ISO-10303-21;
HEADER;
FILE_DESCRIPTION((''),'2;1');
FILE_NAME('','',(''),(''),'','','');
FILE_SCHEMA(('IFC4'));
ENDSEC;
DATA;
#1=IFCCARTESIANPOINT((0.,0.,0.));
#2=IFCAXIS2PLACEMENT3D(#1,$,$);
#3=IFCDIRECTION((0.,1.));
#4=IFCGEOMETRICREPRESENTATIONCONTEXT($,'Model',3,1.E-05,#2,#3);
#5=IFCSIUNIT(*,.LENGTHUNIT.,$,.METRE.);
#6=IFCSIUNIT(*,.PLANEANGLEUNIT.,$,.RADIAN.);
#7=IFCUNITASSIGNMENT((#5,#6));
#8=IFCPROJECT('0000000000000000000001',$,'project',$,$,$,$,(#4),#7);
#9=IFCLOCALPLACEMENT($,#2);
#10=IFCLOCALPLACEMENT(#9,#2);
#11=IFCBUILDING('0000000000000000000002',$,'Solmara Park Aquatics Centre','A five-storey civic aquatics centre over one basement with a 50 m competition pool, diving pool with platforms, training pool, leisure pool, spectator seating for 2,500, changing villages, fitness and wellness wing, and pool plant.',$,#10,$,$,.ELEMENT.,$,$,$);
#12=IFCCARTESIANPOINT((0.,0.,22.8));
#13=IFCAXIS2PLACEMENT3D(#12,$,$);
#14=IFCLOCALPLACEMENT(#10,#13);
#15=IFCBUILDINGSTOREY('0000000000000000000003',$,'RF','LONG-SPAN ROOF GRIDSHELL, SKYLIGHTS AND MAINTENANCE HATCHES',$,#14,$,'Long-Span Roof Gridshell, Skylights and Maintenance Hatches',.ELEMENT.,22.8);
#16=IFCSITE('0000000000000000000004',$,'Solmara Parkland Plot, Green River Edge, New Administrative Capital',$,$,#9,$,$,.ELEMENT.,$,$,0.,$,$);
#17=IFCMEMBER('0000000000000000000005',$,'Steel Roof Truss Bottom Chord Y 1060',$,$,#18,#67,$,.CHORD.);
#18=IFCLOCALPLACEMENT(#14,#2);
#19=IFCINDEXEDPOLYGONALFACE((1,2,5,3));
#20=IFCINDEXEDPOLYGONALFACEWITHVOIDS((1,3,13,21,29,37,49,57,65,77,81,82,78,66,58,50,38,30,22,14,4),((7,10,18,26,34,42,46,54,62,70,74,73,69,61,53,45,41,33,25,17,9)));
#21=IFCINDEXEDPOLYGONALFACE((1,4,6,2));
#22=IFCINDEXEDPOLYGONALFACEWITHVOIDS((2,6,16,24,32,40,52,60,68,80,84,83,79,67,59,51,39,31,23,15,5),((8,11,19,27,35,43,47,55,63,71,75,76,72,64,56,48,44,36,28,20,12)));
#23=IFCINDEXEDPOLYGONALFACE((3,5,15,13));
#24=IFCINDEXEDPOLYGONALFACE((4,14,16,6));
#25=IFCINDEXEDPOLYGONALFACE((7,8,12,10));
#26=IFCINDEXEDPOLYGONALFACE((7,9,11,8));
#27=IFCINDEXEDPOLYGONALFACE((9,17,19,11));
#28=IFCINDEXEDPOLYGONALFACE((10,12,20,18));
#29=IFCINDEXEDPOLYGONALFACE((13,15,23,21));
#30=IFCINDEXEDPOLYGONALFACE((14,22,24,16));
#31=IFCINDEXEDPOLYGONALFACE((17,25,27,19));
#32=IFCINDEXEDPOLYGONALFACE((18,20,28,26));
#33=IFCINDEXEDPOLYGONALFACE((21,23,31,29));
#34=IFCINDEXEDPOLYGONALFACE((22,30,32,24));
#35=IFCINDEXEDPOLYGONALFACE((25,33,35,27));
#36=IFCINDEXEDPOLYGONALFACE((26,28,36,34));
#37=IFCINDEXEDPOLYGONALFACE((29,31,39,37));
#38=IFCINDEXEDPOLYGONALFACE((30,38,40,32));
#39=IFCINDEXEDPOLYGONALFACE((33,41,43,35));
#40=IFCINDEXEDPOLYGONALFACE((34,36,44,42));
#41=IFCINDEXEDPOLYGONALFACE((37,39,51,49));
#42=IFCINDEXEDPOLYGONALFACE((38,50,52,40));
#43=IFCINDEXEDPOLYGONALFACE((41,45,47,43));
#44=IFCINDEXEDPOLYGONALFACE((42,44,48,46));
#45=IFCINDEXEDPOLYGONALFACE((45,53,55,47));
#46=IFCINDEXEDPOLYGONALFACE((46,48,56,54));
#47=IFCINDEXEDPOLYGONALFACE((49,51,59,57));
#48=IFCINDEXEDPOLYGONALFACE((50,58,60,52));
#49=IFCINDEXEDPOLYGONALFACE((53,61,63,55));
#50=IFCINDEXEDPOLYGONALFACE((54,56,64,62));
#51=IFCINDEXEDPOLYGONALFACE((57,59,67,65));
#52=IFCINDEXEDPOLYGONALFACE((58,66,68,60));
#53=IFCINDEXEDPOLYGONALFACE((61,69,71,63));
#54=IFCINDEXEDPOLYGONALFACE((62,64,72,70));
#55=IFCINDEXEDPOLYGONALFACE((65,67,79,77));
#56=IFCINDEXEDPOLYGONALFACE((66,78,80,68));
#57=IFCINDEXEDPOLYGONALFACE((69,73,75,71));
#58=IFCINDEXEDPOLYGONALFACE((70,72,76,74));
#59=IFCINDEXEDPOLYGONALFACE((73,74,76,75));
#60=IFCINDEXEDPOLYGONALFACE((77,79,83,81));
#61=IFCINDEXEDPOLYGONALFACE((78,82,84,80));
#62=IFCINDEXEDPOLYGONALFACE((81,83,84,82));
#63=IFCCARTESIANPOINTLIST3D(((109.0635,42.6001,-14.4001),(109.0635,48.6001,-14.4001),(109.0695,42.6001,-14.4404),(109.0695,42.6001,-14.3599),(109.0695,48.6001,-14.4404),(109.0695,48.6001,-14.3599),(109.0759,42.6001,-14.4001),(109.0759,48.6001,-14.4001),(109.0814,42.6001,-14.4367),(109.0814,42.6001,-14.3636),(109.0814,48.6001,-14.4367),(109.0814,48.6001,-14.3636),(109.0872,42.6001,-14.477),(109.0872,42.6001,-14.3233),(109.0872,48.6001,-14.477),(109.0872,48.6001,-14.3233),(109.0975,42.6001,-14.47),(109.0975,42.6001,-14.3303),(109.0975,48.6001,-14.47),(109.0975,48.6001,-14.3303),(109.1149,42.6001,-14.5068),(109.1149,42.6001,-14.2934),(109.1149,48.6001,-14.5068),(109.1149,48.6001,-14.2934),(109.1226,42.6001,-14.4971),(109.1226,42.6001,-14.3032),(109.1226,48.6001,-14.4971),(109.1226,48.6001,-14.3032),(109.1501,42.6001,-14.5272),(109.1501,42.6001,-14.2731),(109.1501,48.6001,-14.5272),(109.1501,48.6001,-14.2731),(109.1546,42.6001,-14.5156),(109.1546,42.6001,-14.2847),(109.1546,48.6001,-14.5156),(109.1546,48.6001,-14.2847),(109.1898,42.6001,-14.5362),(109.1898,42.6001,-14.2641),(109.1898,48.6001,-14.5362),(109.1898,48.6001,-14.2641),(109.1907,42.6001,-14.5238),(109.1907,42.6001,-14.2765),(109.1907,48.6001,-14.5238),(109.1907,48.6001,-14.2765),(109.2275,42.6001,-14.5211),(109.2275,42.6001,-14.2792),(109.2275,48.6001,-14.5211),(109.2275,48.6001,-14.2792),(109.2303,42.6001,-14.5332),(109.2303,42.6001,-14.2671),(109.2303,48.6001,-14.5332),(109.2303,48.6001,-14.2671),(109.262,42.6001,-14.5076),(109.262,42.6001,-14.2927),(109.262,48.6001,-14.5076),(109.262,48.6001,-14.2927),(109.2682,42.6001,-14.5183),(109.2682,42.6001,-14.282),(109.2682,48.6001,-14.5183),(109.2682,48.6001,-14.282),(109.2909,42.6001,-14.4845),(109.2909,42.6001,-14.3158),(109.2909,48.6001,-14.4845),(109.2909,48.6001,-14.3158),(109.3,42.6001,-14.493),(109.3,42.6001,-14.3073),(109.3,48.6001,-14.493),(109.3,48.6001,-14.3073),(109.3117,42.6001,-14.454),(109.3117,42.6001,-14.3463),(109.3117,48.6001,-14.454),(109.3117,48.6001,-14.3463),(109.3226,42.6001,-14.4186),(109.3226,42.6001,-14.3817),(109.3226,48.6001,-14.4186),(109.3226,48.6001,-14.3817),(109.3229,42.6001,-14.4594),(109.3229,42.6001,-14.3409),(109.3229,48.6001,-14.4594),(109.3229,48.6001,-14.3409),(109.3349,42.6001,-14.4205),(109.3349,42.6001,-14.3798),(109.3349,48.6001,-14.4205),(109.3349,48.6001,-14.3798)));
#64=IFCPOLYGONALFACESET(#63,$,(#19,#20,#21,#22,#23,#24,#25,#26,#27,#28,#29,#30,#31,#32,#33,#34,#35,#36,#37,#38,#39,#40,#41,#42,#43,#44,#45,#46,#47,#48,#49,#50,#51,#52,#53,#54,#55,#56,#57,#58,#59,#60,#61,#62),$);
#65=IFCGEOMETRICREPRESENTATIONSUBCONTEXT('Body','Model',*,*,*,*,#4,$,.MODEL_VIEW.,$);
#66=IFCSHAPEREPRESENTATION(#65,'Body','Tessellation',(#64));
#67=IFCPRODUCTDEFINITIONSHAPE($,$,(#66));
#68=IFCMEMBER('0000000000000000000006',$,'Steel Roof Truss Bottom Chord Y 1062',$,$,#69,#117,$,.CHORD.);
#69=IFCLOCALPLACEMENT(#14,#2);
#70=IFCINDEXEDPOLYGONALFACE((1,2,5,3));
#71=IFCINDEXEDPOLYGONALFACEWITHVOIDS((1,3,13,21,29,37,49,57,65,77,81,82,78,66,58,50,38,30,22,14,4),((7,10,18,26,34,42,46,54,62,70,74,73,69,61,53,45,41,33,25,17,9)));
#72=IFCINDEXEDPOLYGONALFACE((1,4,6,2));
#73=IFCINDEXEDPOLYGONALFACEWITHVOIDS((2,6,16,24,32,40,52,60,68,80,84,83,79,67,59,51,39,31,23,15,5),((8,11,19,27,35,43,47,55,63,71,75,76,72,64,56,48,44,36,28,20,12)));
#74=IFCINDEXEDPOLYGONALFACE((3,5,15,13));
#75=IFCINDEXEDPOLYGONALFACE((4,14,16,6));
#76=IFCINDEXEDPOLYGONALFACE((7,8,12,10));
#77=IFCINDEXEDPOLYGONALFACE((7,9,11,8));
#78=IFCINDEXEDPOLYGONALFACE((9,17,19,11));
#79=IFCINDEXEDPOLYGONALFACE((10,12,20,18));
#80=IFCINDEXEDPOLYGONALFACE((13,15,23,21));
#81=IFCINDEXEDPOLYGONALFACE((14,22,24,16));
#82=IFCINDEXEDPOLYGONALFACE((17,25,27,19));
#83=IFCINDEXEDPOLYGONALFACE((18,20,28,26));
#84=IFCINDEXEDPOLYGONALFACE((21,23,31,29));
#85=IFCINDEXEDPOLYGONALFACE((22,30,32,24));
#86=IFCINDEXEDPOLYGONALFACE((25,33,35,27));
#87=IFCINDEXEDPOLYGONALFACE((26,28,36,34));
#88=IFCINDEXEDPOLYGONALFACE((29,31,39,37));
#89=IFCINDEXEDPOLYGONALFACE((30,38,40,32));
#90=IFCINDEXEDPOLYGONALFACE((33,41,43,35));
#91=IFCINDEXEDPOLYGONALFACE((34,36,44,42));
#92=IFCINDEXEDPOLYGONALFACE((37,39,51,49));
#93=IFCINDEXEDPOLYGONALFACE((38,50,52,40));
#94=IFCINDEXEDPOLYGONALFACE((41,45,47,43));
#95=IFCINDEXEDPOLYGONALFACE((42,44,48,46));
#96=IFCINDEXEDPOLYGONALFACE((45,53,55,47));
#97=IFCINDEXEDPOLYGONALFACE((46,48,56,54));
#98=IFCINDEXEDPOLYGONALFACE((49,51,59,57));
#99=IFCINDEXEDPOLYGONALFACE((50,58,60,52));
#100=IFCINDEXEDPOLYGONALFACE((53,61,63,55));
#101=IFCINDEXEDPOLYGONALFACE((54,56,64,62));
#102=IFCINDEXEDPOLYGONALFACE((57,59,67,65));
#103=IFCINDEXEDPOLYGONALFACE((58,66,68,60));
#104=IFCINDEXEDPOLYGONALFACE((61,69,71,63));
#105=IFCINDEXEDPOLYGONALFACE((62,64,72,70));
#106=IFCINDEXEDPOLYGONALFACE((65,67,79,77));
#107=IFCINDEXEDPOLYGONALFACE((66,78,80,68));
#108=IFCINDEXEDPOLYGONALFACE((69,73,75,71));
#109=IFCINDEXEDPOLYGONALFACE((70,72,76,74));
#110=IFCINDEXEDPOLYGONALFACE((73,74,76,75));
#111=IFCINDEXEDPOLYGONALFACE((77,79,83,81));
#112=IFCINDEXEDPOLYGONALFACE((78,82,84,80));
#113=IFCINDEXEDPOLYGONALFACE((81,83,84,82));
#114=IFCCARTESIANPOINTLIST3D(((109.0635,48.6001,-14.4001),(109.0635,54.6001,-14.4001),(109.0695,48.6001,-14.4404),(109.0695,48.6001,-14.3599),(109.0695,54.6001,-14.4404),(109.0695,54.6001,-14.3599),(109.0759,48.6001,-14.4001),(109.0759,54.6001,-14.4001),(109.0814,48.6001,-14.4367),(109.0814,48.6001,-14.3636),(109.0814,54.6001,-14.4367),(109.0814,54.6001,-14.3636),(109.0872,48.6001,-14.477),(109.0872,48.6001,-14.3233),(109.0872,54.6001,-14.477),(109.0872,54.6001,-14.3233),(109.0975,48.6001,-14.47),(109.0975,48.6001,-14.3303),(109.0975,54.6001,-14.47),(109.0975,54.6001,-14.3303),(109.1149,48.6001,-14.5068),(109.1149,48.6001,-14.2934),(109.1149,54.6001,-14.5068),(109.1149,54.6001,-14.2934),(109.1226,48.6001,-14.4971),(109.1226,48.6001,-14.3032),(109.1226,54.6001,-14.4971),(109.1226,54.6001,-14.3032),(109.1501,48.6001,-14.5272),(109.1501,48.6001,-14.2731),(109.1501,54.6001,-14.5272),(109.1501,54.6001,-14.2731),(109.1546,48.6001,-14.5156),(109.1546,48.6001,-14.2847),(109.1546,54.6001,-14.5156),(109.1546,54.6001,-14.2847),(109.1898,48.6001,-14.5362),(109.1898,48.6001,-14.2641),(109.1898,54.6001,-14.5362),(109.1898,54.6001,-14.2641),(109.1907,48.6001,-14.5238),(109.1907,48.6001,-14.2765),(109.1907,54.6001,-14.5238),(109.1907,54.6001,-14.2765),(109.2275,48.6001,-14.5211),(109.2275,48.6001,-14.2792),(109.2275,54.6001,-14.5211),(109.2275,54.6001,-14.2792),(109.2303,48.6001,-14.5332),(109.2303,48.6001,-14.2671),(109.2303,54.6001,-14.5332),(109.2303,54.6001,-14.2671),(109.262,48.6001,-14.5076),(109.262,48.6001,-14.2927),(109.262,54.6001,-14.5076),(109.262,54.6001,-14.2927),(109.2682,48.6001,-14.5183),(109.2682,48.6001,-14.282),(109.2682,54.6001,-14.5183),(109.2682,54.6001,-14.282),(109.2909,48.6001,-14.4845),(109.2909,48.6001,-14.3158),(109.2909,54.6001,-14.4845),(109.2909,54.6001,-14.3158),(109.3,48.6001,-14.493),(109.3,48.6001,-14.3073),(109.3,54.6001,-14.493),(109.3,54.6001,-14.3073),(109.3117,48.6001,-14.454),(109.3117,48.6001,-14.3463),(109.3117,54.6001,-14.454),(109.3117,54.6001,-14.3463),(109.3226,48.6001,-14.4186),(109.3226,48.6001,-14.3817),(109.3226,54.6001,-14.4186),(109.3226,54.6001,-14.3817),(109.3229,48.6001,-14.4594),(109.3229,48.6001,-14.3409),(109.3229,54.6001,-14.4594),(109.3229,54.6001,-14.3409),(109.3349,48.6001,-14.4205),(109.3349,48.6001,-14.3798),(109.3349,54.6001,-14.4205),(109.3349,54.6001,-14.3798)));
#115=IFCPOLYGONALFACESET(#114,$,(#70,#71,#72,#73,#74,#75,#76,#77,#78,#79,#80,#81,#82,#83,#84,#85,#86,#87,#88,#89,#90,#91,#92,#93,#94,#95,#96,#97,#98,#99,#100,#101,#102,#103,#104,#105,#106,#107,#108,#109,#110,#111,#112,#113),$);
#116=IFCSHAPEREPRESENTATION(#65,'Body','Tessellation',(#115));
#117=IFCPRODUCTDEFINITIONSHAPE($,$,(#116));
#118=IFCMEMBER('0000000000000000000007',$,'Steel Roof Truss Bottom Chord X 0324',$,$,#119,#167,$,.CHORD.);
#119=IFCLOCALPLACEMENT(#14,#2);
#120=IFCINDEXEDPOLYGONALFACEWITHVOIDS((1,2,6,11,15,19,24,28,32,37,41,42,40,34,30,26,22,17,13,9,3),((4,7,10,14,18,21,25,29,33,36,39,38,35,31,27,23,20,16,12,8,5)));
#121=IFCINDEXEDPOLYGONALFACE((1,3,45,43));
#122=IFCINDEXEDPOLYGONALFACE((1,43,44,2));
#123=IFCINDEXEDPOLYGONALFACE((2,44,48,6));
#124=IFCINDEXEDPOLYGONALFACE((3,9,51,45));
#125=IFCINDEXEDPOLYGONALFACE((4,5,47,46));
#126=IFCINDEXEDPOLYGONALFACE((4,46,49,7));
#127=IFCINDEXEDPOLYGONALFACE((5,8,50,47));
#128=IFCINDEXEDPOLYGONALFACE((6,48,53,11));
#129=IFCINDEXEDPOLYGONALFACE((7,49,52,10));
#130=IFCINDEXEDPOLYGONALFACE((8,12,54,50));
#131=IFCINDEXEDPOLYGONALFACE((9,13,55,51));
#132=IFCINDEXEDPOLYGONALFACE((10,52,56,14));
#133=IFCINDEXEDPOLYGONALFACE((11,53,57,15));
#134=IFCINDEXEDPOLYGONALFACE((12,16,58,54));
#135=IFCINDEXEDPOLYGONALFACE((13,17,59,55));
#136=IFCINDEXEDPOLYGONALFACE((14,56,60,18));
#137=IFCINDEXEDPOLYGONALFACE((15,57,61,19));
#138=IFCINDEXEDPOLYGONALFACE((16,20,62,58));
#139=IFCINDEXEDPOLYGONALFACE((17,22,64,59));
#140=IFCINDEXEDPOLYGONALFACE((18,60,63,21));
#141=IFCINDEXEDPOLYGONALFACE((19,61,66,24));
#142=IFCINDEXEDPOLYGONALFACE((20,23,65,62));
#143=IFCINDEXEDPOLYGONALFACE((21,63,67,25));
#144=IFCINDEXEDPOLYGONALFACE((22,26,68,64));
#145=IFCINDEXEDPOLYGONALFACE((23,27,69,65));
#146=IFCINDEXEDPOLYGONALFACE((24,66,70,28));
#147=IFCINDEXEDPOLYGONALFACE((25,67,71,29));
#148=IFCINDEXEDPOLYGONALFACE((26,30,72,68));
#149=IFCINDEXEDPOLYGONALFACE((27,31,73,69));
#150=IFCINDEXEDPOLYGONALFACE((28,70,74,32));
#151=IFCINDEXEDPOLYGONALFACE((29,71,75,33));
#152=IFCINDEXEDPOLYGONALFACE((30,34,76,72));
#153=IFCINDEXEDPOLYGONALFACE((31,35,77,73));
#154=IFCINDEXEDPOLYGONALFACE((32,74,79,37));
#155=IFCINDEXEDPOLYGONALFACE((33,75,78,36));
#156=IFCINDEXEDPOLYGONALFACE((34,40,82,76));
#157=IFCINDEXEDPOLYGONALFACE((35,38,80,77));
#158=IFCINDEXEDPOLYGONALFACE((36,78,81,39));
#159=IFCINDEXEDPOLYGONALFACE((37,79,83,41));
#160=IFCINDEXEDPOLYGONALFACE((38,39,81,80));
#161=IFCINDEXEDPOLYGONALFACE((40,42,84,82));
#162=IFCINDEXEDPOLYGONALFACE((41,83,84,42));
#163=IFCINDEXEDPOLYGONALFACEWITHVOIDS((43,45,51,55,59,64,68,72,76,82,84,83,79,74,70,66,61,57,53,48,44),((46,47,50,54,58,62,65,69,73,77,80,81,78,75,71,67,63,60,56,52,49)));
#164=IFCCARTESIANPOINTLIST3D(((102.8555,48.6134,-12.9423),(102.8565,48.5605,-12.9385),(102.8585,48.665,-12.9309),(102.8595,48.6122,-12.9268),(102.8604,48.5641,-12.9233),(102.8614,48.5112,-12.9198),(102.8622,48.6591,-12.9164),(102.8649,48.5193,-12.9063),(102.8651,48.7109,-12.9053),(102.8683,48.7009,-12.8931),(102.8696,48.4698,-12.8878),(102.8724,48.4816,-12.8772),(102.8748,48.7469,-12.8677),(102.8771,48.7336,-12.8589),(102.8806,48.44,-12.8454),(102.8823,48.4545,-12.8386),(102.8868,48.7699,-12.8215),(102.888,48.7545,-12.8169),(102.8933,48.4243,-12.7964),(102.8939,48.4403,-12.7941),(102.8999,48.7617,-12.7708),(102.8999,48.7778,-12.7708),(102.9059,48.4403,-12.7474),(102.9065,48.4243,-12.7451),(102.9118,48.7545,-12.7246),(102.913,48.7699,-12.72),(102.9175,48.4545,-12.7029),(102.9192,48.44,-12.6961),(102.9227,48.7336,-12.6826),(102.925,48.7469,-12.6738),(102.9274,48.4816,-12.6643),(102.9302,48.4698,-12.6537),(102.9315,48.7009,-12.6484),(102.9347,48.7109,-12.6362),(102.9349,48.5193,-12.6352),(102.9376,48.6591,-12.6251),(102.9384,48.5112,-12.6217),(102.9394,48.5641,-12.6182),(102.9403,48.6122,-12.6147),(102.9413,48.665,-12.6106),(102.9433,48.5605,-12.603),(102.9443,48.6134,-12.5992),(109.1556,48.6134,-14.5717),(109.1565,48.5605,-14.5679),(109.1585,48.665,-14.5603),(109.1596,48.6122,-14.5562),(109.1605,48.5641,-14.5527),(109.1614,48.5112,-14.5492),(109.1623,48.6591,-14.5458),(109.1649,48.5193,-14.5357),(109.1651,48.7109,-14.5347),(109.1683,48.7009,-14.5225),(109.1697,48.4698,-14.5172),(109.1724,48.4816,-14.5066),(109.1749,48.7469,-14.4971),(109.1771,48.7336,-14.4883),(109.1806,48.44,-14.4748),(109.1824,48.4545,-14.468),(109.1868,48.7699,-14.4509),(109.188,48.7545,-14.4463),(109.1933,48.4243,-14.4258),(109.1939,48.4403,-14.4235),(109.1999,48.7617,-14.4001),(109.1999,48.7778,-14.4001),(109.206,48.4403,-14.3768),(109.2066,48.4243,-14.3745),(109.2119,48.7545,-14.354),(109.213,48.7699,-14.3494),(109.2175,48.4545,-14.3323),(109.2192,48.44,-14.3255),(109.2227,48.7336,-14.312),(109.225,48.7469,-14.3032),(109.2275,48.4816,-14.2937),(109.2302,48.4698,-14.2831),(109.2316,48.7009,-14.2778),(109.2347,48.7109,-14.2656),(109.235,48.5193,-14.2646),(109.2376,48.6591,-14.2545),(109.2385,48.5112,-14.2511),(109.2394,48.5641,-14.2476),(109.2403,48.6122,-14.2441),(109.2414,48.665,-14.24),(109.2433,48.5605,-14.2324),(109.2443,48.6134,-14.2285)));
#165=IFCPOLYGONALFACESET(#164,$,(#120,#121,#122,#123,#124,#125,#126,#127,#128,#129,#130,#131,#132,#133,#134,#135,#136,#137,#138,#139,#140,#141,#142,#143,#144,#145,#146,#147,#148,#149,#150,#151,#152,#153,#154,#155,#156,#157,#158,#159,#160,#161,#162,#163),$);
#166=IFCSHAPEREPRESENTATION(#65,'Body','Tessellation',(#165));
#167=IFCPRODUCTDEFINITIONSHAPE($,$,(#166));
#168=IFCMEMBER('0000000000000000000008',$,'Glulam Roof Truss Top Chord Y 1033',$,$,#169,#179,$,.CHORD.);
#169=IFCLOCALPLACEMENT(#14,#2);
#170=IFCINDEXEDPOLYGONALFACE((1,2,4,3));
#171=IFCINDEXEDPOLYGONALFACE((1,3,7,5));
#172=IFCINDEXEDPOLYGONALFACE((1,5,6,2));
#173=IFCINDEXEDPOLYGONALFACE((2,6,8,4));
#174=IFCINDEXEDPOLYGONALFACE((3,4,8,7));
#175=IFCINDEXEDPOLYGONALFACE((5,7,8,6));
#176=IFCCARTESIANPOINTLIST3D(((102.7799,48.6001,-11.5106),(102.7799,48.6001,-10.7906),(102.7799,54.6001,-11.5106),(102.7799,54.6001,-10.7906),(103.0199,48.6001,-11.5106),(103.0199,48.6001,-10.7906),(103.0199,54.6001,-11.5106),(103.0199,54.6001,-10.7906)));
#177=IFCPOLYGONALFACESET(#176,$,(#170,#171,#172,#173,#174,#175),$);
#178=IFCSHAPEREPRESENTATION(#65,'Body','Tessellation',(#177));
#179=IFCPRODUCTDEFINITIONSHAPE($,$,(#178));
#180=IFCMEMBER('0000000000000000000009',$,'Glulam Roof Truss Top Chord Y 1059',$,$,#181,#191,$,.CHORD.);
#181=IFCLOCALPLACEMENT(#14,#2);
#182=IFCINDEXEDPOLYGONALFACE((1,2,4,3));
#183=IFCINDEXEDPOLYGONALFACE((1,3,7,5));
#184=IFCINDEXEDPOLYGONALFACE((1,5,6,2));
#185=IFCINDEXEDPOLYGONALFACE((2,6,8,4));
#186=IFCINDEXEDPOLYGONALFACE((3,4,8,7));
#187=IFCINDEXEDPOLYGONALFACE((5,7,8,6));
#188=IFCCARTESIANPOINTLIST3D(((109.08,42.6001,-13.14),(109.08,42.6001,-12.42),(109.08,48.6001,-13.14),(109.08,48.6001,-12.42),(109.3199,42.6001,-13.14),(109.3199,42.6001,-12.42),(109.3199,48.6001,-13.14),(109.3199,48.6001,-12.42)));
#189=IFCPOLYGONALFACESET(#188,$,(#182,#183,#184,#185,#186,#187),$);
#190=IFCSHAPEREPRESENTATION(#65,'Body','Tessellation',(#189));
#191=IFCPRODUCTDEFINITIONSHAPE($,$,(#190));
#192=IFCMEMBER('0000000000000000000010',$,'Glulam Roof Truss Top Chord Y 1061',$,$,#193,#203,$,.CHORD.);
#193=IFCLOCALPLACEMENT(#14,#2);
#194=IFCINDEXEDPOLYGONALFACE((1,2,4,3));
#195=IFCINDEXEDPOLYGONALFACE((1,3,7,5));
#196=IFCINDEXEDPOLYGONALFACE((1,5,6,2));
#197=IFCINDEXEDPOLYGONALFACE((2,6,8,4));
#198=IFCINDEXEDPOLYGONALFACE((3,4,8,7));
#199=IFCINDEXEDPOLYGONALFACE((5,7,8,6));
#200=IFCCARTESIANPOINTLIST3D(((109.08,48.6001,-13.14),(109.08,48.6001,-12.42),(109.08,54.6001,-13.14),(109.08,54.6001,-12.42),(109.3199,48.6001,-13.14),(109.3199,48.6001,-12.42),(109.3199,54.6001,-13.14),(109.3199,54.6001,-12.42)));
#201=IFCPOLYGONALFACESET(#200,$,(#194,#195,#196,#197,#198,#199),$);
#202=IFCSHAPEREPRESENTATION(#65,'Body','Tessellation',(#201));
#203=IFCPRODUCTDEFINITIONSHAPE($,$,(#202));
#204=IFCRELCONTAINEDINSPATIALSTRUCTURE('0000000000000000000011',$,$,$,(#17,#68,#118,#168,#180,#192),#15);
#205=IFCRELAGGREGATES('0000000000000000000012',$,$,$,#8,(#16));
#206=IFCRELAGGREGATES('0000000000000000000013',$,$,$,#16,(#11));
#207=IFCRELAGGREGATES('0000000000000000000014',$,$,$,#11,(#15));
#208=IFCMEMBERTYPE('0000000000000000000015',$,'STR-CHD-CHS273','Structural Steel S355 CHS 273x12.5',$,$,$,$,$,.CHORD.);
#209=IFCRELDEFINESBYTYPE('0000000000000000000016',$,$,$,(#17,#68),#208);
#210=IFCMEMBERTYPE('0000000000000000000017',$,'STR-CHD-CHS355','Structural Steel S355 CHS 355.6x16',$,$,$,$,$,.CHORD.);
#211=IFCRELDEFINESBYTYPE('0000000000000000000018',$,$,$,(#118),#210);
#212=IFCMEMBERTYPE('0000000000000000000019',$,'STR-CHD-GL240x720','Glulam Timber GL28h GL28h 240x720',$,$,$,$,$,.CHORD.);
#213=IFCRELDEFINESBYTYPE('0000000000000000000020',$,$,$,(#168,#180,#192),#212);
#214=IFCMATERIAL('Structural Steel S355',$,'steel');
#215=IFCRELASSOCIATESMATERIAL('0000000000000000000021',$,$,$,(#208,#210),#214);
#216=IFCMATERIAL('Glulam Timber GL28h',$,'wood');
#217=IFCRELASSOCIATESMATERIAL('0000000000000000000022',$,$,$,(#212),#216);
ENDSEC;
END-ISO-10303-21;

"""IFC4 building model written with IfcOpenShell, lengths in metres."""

from ifc_helpers import new_model, si_unit, direction, frame, origin, origin_2d, place, context, subcontext, project, spatial, rectangle, hollow_circle, extrude, material, material_profile, profile_set, type_object, element, save


model = new_model("IFC4")

# Units and contexts
model_context = context("Model", 3, precision=1e-05, world=origin(), true_north=direction((0.0, 1.0)))
body_context = subcontext(model_context, "Body", "Model", "MODEL_VIEW")
ifc_project = project(units=[si_unit("LENGTHUNIT", "METRE"), si_unit("PLANEANGLEUNIT", "RADIAN")], contexts=[model_context])

# Site, building, storey
site_placement = place(None, origin())
site = spatial("IfcSite", under=ifc_project, at=site_placement, Name="Solmara Parkland Plot, Green River Edge, New Administrative Capital", CompositionType="ELEMENT", RefElevation=0.0)
building_placement = place(site_placement, origin())
building = spatial("IfcBuilding", under=site, at=building_placement, Name="Solmara Park Aquatics Centre", Description="A five-storey civic aquatics centre over one basement with a 50 m competition pool, diving pool with platforms, training pool, leisure pool, spectator seating for 2,500, changing villages, fitness and wellness wing, and pool plant.", CompositionType="ELEMENT")
storey_placement = place(building_placement, frame((0.0, 0.0, 22.8)))
storey = spatial("IfcBuildingStorey", under=building, at=storey_placement, Name="RF", Description="LONG-SPAN ROOF GRIDSHELL, SKYLIGHTS AND MAINTENANCE HATCHES", LongName="Long-Span Roof Gridshell, Skylights and Maintenance Hatches", CompositionType="ELEMENT", Elevation=22.8)

# Shared definitions
ifc_material_1 = material(Name="Structural Steel S355", Category="steel")

# Members
ifc_material_profile_1 = material_profile(ifc_material_1, hollow_circle(Radius=0.1365, WallThickness=0.0125, at=origin_2d()), Name="CHS 273x12.5")
ifc_profile_set_1 = profile_set([ifc_material_profile_1], Name="Structural Steel S355")
member_type_1 = type_object("IfcMemberType", Name="STR-CHD-CHS273", Description="Structural Steel S355 CHS 273x12.5", PredefinedType="CHORD", material=ifc_profile_set_1)
for number, where, z_axis, x_axis, name in (
    (1, (109.2, 42.6001, -14.4001), (0.0, 1.0, 0.0), (-1.0, 0.0, 0.0), "Steel Roof Truss Bottom Chord Y 1060"),
    (2, (109.2, 48.6001, -14.4001), (0.0, 1.0, 0.0), (-1.0, 0.0, 0.0), "Steel Roof Truss Bottom Chord Y 1062"),
):
    element("IfcMember", number, at=place(storey_placement, frame(where, z_axis=z_axis, x_axis=x_axis)), inside=storey, type_object=member_type_1, Name=name, PredefinedType="CHORD", context=body_context, shape_type="SweptSolid", body=[
        extrude(hollow_circle(Radius=0.1365, WallThickness=0.0125, at=origin_2d()), origin(), (0.0, 0.0, 1.0), 6.0),
    ])
ifc_material_profile_2 = material_profile(ifc_material_1, hollow_circle(Radius=0.1777, WallThickness=0.0161, at=origin_2d()), Name="CHS 355.6x16")
ifc_profile_set_2 = profile_set([ifc_material_profile_2], Name="Structural Steel S355")
member_type_2 = type_object("IfcMemberType", Name="STR-CHD-CHS355", Description="Structural Steel S355 CHS 355.6x16", PredefinedType="CHORD", material=ifc_profile_set_2)
member_1_placement = place(storey_placement, frame((102.8999, 48.6001, -12.7708), z_axis=(0.968144, 0.0, -0.250393), x_axis=(0.0, 1.0, 0.0)))
element("IfcMember", 3, at=member_1_placement, inside=storey, type_object=member_type_2, Name="Steel Roof Truss Bottom Chord X 0324", PredefinedType="CHORD", context=body_context, shape_type="SweptSolid", body=[
    extrude(hollow_circle(Radius=0.1777, WallThickness=0.0161, at=origin_2d()), origin(), (0.0, 0.0, 1.0), 6.5073),
])
ifc_material_2 = material(Name="Glulam Timber GL28h", Category="wood")
ifc_material_profile_3 = material_profile(ifc_material_2, rectangle(XDim=0.24, YDim=0.72, at=origin_2d()), Name="GL28h 240x720")
ifc_profile_set_3 = profile_set([ifc_material_profile_3], Name="Glulam Timber GL28h")
member_type_3 = type_object("IfcMemberType", Name="STR-CHD-GL240x720", Description="Glulam Timber GL28h GL28h 240x720", PredefinedType="CHORD", material=ifc_profile_set_3)
for number, where, z_axis, x_axis, name in (
    (4, (102.8999, 48.6001, -11.1506), (0.0, 1.0, 0.0), (-1.0, 0.0, 0.0), "Glulam Roof Truss Top Chord Y 1033"),
    (5, (109.2, 42.6001, -12.78), (0.0, 1.0, 0.0), (-1.0, 0.0, 0.0), "Glulam Roof Truss Top Chord Y 1059"),
    (6, (109.2, 48.6001, -12.78), (0.0, 1.0, 0.0), (-1.0, 0.0, 0.0), "Glulam Roof Truss Top Chord Y 1061"),
):
    element("IfcMember", number, at=place(storey_placement, frame(where, z_axis=z_axis, x_axis=x_axis)), inside=storey, type_object=member_type_3, Name=name, PredefinedType="CHORD", context=body_context, shape_type="SweptSolid", body=[
        extrude(rectangle(XDim=0.24, YDim=0.72, at=origin_2d()), origin(), (0.0, 0.0, 1.0), 6.0),
    ])

save(model, "model.ifc")
